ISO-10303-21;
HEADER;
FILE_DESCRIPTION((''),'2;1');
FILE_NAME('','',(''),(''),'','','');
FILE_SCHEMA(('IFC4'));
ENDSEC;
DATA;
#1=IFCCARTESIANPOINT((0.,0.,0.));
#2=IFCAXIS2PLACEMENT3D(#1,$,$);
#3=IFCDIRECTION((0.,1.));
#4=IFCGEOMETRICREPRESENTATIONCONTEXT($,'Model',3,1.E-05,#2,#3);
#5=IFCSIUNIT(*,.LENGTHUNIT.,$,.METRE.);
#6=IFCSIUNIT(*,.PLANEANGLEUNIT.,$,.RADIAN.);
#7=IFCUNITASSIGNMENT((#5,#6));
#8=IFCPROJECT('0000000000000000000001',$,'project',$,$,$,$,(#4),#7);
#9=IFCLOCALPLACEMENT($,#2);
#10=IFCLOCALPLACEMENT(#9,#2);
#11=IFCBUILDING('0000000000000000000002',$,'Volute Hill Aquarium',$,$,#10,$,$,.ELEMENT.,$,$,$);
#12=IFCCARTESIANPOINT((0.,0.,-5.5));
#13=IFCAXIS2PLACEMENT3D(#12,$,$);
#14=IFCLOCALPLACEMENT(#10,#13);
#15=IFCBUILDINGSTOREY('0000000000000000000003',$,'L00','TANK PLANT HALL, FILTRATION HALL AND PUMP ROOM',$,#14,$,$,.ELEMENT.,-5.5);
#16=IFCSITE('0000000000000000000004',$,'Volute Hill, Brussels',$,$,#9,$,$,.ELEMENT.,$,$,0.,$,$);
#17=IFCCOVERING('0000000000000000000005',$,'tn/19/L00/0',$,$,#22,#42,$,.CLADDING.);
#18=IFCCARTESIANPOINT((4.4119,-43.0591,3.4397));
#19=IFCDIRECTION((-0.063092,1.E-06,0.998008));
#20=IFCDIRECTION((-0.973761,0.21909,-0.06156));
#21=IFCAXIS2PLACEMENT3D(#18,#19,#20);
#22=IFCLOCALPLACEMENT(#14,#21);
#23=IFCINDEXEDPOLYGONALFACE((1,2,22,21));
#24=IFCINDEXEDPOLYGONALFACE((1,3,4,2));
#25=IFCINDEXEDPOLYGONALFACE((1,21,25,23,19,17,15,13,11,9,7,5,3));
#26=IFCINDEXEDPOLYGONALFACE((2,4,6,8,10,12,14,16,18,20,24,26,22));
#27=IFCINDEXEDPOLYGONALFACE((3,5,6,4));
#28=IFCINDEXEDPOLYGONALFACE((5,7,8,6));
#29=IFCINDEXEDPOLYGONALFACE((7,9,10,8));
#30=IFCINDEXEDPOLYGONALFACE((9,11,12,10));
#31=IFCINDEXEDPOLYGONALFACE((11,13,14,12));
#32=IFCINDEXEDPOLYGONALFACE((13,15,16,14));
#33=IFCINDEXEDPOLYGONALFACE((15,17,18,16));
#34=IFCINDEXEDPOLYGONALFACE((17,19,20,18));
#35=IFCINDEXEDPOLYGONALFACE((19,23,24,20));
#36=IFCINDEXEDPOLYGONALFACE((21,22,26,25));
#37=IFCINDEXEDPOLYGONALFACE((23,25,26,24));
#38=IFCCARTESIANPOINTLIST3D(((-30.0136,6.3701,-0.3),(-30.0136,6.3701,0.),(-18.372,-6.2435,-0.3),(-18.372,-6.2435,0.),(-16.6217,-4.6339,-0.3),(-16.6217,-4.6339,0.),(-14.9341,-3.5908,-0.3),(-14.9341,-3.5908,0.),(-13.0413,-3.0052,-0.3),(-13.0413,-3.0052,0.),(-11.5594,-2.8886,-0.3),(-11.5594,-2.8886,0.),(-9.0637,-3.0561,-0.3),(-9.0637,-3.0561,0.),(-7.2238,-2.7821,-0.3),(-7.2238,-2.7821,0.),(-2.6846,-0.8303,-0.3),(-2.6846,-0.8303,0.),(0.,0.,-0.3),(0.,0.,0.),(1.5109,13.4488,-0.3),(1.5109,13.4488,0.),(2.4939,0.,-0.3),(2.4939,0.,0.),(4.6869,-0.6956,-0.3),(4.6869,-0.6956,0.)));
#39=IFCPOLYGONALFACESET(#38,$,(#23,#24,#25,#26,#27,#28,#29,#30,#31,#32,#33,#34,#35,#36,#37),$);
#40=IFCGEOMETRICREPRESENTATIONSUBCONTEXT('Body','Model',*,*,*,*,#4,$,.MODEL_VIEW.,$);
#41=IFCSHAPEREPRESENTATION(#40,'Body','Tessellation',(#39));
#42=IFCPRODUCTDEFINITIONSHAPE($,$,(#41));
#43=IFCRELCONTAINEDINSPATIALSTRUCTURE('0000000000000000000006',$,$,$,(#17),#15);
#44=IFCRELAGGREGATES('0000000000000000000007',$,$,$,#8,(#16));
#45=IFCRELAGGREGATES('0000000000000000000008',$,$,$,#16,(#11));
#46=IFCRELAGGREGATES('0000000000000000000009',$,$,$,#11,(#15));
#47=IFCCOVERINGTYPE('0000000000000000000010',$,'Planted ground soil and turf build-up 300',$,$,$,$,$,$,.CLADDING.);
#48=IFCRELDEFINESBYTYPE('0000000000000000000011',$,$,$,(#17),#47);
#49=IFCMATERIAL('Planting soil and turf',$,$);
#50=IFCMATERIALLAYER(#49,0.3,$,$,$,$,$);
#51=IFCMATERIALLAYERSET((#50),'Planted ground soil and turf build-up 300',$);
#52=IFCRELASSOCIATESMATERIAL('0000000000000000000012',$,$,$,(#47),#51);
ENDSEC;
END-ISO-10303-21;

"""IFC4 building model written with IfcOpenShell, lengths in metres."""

from ifc_helpers import new_model, si_unit, direction, frame, origin, place, context, subcontext, project, spatial, polyline, outline, extrude, material, layer, layer_set, type_object, element, save


model = new_model("IFC4")

# Units and contexts
model_context = context("Model", 3, precision=1e-05, world=origin(), true_north=direction((0.0, 1.0)))
body_context = subcontext(model_context, "Body", "Model", "MODEL_VIEW")
ifc_project = project(units=[si_unit("LENGTHUNIT", "METRE"), si_unit("PLANEANGLEUNIT", "RADIAN")], contexts=[model_context])

# Site, building, storey
site_placement = place(None, origin())
site = spatial("IfcSite", under=ifc_project, at=site_placement, Name="Volute Hill, Brussels", CompositionType="ELEMENT", RefElevation=0.0)
building_placement = place(site_placement, origin())
building = spatial("IfcBuilding", under=site, at=building_placement, Name="Volute Hill Aquarium", CompositionType="ELEMENT")
storey_placement = place(building_placement, frame((0.0, 0.0, -5.5)))
storey = spatial("IfcBuildingStorey", under=building, at=storey_placement, Name="L00", Description="TANK PLANT HALL, FILTRATION HALL AND PUMP ROOM", CompositionType="ELEMENT", Elevation=-5.5)

# Covering
ifc_material_1 = material(Name="Planting soil and turf")
ifc_layer_1 = layer(ifc_material_1, 0.3)
ifc_layer_set_1 = layer_set([ifc_layer_1], Name="Planted ground soil and turf build-up 300")
covering_type = type_object("IfcCoveringType", Name="Planted ground soil and turf build-up 300", PredefinedType="CLADDING", material=ifc_layer_set_1)
covering_placement = place(storey_placement, frame((4.4119, -43.0591, 3.4397), z_axis=(-0.063092, 0.000001, 0.998008), x_axis=(-0.973761, 0.21909, -0.06156)))
element("IfcCovering", 1, at=covering_placement, inside=storey, type_object=covering_type, Name="tn/19/L00/0", PredefinedType="CLADDING", context=body_context, shape_type="SweptSolid", body=[
    extrude(outline(polyline([(0.0, 0.0), (2.4939, 0.0), (4.6869, -0.6956), (1.5109, 13.4488), (-30.0136, 6.3701), (-18.372, -6.2435), (-16.6217, -4.6339), (-14.9341, -3.5908), (-13.0413, -3.0052), (-11.5594, -2.8886), (-9.0637, -3.0561), (-7.2238, -2.7821), (-2.6846, -0.8303), (0.0, 0.0)])), origin(), (0.0, 0.0, -1.0), 0.3),
])

save(model, "model.ifc")
